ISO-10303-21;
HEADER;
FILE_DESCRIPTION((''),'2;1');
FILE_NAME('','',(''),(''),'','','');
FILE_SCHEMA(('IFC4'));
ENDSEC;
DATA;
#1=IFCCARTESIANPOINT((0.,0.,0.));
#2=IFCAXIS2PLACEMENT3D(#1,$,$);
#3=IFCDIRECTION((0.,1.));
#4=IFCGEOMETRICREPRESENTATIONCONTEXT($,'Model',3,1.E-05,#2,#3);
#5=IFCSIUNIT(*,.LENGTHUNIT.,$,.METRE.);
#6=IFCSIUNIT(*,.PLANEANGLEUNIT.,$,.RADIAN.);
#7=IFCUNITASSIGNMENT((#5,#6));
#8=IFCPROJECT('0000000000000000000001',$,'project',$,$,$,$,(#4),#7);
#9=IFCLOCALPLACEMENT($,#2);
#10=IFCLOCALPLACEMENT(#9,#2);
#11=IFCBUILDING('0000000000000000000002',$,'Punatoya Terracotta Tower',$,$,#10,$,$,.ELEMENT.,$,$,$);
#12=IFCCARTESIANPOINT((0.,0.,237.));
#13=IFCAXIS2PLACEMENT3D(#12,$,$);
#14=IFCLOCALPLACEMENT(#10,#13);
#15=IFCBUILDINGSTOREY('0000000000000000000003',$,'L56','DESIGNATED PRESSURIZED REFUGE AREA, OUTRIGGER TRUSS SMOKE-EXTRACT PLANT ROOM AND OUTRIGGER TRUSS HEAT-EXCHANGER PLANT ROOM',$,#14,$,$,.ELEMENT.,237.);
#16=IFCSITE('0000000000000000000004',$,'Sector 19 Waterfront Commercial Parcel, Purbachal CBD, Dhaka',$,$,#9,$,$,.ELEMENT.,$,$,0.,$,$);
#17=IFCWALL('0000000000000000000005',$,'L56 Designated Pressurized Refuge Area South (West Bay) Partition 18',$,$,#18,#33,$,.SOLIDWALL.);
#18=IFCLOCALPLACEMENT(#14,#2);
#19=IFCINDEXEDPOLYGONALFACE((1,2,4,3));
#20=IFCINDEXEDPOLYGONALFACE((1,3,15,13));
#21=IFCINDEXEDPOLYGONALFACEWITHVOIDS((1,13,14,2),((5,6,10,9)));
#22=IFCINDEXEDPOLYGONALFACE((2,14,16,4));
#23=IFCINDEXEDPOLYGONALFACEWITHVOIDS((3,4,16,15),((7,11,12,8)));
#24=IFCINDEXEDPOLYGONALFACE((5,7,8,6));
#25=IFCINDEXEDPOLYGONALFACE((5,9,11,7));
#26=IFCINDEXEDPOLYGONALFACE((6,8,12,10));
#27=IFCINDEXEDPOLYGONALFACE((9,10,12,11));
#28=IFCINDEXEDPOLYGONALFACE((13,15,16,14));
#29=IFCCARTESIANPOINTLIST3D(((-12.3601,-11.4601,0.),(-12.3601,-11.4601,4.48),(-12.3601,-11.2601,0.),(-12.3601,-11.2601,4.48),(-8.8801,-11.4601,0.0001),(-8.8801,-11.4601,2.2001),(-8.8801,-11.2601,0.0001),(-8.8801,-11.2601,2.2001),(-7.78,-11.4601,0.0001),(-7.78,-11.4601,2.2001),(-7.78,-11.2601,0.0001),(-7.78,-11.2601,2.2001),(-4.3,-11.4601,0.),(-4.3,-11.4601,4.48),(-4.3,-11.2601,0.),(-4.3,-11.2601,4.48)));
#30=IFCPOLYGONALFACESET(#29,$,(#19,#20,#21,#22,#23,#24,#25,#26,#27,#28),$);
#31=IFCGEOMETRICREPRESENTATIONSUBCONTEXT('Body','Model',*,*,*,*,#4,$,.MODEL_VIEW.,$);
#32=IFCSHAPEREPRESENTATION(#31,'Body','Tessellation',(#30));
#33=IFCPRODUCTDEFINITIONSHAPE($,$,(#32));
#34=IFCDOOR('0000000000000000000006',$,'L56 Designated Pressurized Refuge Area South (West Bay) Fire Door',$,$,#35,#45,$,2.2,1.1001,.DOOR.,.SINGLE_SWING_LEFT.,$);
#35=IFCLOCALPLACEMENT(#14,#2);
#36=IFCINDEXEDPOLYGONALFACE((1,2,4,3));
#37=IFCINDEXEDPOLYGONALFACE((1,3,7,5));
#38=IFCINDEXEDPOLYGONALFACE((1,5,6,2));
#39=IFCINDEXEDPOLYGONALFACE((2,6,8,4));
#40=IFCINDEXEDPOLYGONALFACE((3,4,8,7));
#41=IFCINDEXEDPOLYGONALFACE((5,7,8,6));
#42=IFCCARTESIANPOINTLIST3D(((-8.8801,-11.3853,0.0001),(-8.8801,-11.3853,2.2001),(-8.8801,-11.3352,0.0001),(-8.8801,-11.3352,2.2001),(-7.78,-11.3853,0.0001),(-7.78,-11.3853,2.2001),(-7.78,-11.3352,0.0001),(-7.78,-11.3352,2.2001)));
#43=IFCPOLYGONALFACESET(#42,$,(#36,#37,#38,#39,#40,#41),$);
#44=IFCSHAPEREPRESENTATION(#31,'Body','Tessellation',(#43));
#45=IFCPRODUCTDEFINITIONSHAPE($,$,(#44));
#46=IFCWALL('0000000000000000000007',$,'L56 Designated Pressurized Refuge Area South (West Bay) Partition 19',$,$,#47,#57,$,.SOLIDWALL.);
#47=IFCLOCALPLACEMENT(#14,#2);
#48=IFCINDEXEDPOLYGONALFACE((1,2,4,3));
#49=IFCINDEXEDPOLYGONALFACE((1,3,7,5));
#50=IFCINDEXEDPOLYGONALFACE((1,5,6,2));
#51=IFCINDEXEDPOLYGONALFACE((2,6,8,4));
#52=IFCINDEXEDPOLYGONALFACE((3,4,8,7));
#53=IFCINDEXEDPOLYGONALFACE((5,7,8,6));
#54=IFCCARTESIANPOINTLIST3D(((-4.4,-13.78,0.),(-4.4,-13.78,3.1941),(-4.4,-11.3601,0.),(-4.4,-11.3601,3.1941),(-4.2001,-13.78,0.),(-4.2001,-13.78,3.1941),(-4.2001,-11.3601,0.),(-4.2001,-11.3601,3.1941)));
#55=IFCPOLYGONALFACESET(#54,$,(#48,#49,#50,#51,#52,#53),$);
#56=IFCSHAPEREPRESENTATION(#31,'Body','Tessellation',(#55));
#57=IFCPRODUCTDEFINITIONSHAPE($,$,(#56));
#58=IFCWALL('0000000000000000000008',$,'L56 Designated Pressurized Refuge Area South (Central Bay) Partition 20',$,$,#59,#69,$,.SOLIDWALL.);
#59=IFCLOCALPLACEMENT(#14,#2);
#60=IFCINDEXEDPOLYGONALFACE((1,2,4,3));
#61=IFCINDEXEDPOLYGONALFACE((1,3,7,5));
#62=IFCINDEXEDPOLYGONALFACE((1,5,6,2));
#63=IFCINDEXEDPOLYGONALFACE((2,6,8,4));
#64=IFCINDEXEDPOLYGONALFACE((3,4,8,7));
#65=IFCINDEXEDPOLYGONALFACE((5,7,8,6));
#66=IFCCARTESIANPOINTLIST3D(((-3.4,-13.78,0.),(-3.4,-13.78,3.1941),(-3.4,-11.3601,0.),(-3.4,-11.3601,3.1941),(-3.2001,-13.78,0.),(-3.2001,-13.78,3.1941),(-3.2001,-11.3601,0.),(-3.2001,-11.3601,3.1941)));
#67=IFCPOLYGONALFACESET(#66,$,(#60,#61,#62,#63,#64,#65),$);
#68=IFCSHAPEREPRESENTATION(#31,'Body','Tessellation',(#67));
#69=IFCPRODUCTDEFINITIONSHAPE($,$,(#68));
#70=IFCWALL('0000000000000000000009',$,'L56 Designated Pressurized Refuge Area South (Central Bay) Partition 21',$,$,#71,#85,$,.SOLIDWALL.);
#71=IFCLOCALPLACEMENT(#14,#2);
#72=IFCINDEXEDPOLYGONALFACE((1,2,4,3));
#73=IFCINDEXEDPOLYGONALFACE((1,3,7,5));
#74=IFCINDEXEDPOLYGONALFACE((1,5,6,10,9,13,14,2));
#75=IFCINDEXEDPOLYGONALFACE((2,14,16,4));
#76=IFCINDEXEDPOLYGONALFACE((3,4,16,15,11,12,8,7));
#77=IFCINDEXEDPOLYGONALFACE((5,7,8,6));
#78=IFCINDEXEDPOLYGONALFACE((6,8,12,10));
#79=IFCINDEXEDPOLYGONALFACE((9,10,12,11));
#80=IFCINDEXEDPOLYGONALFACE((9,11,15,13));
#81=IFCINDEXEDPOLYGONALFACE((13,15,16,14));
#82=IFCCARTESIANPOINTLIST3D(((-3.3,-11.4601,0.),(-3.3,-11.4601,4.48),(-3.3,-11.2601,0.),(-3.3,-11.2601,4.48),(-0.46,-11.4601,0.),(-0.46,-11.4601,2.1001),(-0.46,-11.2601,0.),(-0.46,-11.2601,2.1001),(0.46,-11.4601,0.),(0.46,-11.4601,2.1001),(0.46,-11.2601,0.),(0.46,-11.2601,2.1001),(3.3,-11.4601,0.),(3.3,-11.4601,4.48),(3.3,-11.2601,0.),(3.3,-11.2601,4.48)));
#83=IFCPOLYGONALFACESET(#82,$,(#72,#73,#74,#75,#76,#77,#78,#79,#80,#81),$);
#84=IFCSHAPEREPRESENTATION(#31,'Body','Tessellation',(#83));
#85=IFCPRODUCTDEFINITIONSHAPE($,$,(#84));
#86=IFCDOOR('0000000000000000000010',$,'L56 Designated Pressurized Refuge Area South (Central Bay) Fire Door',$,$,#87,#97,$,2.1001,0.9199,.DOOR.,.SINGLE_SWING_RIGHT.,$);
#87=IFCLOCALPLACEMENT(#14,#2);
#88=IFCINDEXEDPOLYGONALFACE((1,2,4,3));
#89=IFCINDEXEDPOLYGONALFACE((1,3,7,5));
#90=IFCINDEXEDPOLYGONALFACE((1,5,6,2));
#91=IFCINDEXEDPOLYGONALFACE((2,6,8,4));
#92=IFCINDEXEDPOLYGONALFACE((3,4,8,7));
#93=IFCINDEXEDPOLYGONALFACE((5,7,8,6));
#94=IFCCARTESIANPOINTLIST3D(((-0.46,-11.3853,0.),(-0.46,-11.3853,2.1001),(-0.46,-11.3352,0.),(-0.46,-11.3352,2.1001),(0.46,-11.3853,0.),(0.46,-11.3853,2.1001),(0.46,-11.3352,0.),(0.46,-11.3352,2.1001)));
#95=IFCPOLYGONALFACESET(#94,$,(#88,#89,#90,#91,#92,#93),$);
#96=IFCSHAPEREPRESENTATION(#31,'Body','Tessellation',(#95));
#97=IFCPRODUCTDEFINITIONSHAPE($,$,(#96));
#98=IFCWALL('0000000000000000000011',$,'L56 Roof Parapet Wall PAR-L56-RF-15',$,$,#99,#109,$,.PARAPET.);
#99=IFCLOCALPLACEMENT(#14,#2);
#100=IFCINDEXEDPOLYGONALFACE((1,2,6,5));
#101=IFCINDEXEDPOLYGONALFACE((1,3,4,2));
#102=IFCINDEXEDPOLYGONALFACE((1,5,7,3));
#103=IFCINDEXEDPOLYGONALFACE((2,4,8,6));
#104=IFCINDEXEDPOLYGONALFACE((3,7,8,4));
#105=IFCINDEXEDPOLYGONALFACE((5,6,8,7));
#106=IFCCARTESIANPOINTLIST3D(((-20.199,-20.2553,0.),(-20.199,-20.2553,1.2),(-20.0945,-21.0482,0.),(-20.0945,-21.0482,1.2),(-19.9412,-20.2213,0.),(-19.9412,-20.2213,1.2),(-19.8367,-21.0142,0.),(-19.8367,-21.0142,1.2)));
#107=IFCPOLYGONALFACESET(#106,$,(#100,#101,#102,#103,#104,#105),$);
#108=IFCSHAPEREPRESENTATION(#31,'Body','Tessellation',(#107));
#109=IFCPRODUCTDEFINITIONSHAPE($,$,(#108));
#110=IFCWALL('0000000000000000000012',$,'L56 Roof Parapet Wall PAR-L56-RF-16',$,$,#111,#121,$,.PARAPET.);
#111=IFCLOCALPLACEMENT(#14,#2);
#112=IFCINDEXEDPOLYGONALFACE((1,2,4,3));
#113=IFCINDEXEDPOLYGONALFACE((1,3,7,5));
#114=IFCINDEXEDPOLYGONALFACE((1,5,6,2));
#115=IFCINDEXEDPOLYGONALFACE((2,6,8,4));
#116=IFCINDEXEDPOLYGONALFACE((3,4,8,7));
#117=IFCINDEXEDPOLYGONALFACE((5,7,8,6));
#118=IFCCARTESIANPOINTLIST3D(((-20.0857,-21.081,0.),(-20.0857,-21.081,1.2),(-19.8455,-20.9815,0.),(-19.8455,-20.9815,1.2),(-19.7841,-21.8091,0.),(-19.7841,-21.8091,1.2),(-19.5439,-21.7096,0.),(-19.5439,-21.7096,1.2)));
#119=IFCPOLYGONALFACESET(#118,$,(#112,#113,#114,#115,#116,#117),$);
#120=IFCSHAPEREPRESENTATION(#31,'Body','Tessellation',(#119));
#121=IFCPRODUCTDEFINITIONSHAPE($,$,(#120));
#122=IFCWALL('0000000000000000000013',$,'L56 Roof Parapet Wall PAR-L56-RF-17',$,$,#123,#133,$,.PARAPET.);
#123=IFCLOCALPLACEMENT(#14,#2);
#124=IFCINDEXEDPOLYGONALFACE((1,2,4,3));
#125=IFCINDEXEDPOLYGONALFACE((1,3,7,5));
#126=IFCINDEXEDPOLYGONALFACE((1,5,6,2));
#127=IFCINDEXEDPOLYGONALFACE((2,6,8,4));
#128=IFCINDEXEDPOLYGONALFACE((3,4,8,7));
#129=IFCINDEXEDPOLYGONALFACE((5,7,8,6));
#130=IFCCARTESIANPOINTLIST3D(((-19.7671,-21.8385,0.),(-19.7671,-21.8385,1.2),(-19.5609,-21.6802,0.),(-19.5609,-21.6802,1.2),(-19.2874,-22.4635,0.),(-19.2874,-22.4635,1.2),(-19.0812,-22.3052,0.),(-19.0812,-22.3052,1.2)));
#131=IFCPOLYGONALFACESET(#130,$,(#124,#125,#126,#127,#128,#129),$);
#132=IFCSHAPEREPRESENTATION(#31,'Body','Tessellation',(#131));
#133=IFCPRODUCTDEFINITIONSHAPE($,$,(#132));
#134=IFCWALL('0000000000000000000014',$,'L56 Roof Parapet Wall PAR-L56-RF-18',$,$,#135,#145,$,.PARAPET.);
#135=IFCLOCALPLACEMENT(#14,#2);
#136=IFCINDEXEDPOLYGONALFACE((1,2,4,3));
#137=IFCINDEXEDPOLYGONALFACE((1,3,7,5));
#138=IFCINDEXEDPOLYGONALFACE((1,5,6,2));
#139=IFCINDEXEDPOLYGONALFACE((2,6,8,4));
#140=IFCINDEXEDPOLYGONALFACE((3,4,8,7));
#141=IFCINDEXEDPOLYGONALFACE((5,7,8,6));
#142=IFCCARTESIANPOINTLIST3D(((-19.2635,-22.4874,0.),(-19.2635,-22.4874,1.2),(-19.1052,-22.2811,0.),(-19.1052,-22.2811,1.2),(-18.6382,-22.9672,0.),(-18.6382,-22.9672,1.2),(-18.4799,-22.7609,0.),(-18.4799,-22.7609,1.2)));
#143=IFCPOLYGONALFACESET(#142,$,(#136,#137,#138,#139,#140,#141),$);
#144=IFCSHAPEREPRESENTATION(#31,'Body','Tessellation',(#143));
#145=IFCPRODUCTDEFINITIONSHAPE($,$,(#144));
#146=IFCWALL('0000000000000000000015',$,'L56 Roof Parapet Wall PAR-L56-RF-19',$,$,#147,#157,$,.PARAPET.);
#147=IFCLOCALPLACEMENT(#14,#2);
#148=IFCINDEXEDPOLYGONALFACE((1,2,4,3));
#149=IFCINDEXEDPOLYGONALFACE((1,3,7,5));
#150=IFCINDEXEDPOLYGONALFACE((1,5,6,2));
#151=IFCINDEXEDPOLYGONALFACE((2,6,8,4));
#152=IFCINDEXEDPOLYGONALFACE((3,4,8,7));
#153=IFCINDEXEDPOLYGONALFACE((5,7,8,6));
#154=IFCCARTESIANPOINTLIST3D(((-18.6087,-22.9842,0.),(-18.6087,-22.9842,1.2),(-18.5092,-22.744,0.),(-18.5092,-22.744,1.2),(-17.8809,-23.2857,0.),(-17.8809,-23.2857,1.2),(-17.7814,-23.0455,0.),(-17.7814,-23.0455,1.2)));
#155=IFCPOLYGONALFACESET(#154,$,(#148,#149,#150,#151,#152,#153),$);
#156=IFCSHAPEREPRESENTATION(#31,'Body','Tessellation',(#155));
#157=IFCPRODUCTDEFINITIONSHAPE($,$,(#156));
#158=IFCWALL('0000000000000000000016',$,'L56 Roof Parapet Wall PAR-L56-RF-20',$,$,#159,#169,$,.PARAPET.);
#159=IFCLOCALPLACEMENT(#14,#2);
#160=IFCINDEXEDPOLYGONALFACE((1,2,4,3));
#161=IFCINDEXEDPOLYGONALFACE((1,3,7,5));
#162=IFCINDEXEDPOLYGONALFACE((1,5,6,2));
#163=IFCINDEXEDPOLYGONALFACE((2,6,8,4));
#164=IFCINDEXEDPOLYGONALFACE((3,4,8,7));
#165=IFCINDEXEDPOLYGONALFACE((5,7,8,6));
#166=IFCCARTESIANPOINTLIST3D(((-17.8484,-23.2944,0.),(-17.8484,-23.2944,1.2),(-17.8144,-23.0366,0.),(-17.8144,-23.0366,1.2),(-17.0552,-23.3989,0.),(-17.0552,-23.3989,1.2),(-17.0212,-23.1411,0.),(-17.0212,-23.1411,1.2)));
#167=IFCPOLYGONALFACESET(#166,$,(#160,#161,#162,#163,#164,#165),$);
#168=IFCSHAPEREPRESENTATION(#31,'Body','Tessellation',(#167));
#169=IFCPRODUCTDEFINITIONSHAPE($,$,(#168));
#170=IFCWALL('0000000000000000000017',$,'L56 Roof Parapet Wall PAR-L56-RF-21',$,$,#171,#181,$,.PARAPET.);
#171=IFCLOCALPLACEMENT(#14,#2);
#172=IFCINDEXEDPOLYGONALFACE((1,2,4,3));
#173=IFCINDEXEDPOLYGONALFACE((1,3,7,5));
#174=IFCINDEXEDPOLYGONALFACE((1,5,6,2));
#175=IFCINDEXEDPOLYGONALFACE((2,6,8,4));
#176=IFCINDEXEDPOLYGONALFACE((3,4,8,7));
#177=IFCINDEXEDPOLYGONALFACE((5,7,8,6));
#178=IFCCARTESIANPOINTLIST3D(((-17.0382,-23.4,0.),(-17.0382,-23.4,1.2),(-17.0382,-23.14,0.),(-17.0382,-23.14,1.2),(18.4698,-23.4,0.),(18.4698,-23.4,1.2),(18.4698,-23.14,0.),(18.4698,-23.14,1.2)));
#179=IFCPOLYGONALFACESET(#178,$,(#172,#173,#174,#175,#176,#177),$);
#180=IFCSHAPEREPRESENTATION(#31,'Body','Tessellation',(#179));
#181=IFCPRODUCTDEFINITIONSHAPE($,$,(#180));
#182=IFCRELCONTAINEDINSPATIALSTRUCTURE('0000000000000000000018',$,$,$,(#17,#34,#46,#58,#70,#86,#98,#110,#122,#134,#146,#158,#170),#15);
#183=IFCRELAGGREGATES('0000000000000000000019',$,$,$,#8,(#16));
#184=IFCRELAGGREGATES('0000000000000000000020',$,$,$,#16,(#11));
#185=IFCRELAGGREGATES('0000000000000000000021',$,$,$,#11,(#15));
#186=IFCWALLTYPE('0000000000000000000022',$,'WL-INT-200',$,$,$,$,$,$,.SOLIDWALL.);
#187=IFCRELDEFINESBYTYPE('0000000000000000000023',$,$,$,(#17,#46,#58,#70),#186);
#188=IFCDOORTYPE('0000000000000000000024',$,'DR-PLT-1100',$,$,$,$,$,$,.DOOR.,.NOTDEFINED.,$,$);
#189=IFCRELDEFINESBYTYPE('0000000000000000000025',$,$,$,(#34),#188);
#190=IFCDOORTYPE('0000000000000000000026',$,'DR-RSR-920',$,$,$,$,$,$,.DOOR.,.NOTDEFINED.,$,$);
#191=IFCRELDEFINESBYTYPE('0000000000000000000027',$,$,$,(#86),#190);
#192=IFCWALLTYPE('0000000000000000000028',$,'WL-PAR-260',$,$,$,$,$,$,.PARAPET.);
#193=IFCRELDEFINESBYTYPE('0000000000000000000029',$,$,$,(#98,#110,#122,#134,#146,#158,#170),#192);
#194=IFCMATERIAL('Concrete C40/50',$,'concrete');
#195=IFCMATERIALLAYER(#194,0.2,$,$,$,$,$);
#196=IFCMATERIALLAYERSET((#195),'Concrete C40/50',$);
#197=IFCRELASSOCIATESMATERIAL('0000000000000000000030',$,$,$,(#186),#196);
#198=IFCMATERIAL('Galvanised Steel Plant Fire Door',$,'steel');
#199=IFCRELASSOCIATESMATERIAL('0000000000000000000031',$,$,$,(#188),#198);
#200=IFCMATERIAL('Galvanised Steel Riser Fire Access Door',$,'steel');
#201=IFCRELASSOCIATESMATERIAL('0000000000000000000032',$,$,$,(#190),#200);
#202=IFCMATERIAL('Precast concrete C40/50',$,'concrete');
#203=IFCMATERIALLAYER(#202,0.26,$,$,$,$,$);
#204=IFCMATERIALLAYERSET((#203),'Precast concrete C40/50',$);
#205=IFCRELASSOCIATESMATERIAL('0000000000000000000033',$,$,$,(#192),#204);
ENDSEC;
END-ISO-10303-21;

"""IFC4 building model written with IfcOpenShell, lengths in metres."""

from ifc_helpers import new_model, si_unit, direction, frame, frame_2d, origin, place, context, subcontext, project, spatial, rectangle, extrude, material, layer, layer_set, type_object, element, fill, save


model = new_model("IFC4")

# Units and contexts
model_context = context("Model", 3, precision=1e-05, world=origin(), true_north=direction((0.0, 1.0)))
body_context = subcontext(model_context, "Body", "Model", "MODEL_VIEW")
ifc_project = project(units=[si_unit("LENGTHUNIT", "METRE"), si_unit("PLANEANGLEUNIT", "RADIAN")], contexts=[model_context])

# Site, building, storey
site_placement = place(None, origin())
site = spatial("IfcSite", under=ifc_project, at=site_placement, Name="Sector 19 Waterfront Commercial Parcel, Purbachal CBD, Dhaka", CompositionType="ELEMENT", RefElevation=0.0)
building_placement = place(site_placement, origin())
building = spatial("IfcBuilding", under=site, at=building_placement, Name="Punatoya Terracotta Tower", CompositionType="ELEMENT")
storey_placement = place(building_placement, frame((0.0, 0.0, 237.0)))
storey = spatial("IfcBuildingStorey", under=building, at=storey_placement, Name="L56", Description="DESIGNATED PRESSURIZED REFUGE AREA, OUTRIGGER TRUSS SMOKE-EXTRACT PLANT ROOM AND OUTRIGGER TRUSS HEAT-EXCHANGER PLANT ROOM", CompositionType="ELEMENT", Elevation=237.0)

# Shared definitions
ifc_material_1 = material(Name="Precast concrete C40/50", Category="concrete")

# Wall, opening, door
ifc_material_2 = material(Name="Concrete C40/50", Category="concrete")
ifc_layer_1 = layer(ifc_material_2, 0.2)
ifc_layer_set_1 = layer_set([ifc_layer_1], Name="Concrete C40/50")
wall_type_1 = type_object("IfcWallType", Name="WL-INT-200", PredefinedType="SOLIDWALL", material=ifc_layer_set_1)
wall_1_placement = place(storey_placement, frame((-12.3601, -11.3601, 0.0), z_axis=(0.0, 0.0, 1.0), x_axis=(1.0, 0.0, 0.0)))
wall_1 = element("IfcWall", 1, at=wall_1_placement, inside=storey, type_object=wall_type_1, Name="L56 Designated Pressurized Refuge Area South (West Bay) Partition 18", PredefinedType="SOLIDWALL", context=body_context, shape_type="SweptSolid", body=[
    extrude(rectangle(XDim=8.0601, YDim=0.2, at=frame_2d((4.03, 0.0))), origin(), (0.0, 0.0, 1.0), 4.48),
])
opening_1_placement = place(wall_1_placement, frame((3.48, 0.0, 0.0)))
opening_1 = element("IfcOpeningElement", 2, at=opening_1_placement, cuts=wall_1, PredefinedType="OPENING", context=body_context, shape_type="SweptSolid", body=[
    extrude(rectangle(XDim=1.1001, YDim=2.2, at=frame_2d((0.55, 1.1001))), frame((0.0, 0.1099, 0.0), z_axis=(0.0, -1.0, 0.0), x_axis=(1.0, 0.0, 0.0)), (0.0, 0.0, 1.0), 0.22),
])
ifc_material_3 = material(Name="Galvanised Steel Plant Fire Door", Category="steel")
door_type_1 = type_object("IfcDoorType", Name="DR-PLT-1100", OperationType="NOTDEFINED", PredefinedType="DOOR", material=ifc_material_3)
door_1_placement = place(opening_1_placement, origin())
door_1 = element("IfcDoor", 3, at=door_1_placement, inside=storey, type_object=door_type_1, Name="L56 Designated Pressurized Refuge Area South (West Bay) Fire Door", OperationType="SINGLE_SWING_LEFT", OverallHeight=2.2, OverallWidth=1.1001, PredefinedType="DOOR", context=body_context, shape_type="SweptSolid", body=[
    extrude(rectangle(XDim=1.1001, YDim=2.2, at=frame_2d((0.55, 1.1001))), frame((0.0, 0.0249, 0.0), z_axis=(0.0, -1.0, 0.0), x_axis=(1.0, 0.0, 0.0)), (0.0, 0.0, 1.0), 0.05),
])
fill(opening_1, door_1)

# Walls
for number, where, z_axis, x_axis, name in (
    (4, (-4.3, -11.3601, 0.0), (0.0, 0.0, 1.0), (0.0, -1.0, 0.0), "L56 Designated Pressurized Refuge Area South (West Bay) Partition 19"),
    (5, (-3.3, -13.78, 0.0), (0.0, 0.0, 1.0), (0.0, 1.0, 0.0), "L56 Designated Pressurized Refuge Area South (Central Bay) Partition 20"),
):
    element("IfcWall", number, at=place(storey_placement, frame(where, z_axis=z_axis, x_axis=x_axis)), inside=storey, type_object=wall_type_1, Name=name, PredefinedType="SOLIDWALL", context=body_context, shape_type="SweptSolid", body=[
        extrude(rectangle(XDim=2.4199, YDim=0.2, at=frame_2d((1.21, 0.0))), origin(), (0.0, 0.0, 1.0), 3.1941),
    ])

# Wall, opening, door
wall_2_placement = place(storey_placement, frame((-3.3, -11.3601, 0.0), z_axis=(0.0, 0.0, 1.0), x_axis=(1.0, 0.0, 0.0)))
wall_2 = element("IfcWall", 6, at=wall_2_placement, inside=storey, type_object=wall_type_1, Name="L56 Designated Pressurized Refuge Area South (Central Bay) Partition 21", PredefinedType="SOLIDWALL", context=body_context, shape_type="SweptSolid", body=[
    extrude(rectangle(XDim=6.6001, YDim=0.2, at=frame_2d((3.3, 0.0))), origin(), (0.0, 0.0, 1.0), 4.48),
])
opening_2_placement = place(wall_2_placement, frame((2.8401, 0.0, 0.0)))
opening_2 = element("IfcOpeningElement", 7, at=opening_2_placement, cuts=wall_2, PredefinedType="OPENING", context=body_context, shape_type="SweptSolid", body=[
    extrude(rectangle(XDim=0.9199, YDim=2.1001, at=frame_2d((0.46, 1.05))), frame((0.0, 0.1099, 0.0), z_axis=(0.0, -1.0, 0.0), x_axis=(1.0, 0.0, 0.0)), (0.0, 0.0, 1.0), 0.22),
])
ifc_material_4 = material(Name="Galvanised Steel Riser Fire Access Door", Category="steel")
door_type_2 = type_object("IfcDoorType", Name="DR-RSR-920", OperationType="NOTDEFINED", PredefinedType="DOOR", material=ifc_material_4)
door_2_placement = place(opening_2_placement, origin())
door_2 = element("IfcDoor", 8, at=door_2_placement, inside=storey, type_object=door_type_2, Name="L56 Designated Pressurized Refuge Area South (Central Bay) Fire Door", OperationType="SINGLE_SWING_RIGHT", OverallHeight=2.1001, OverallWidth=0.9199, PredefinedType="DOOR", context=body_context, shape_type="SweptSolid", body=[
    extrude(rectangle(XDim=0.9199, YDim=2.1001, at=frame_2d((0.46, 1.05))), frame((0.0, 0.0249, 0.0), z_axis=(0.0, -1.0, 0.0), x_axis=(1.0, 0.0, 0.0)), (0.0, 0.0, 1.0), 0.05),
])
fill(opening_2, door_2)

# Walls
ifc_layer_2 = layer(ifc_material_1, 0.26)
ifc_layer_set_2 = layer_set([ifc_layer_2], Name="Precast concrete C40/50")
wall_type_2 = type_object("IfcWallType", Name="WL-PAR-260", PredefinedType="PARAPET", material=ifc_layer_set_2)
wall_3_placement = place(storey_placement, frame((-20.0701, -20.2383, 0.0), z_axis=(0.0, 0.0, 1.0), x_axis=(0.130644, -0.991429, 0.0)))
element("IfcWall", 9, at=wall_3_placement, inside=storey, type_object=wall_type_2, Name="L56 Roof Parapet Wall PAR-L56-RF-15", PredefinedType="PARAPET", context=body_context, shape_type="SweptSolid", body=[
    extrude(rectangle(XDim=0.7998, YDim=0.26, at=frame_2d((0.3999, 0.0))), origin(), (0.0, 0.0, 1.0), 1.2),
])
wall_4_placement = place(storey_placement, frame((-19.9656, -21.0312, 0.0), z_axis=(0.0, 0.0, 1.0), x_axis=(0.382635, -0.9239, 0.0)))
element("IfcWall", 10, at=wall_4_placement, inside=storey, type_object=wall_type_2, Name="L56 Roof Parapet Wall PAR-L56-RF-16", PredefinedType="PARAPET", context=body_context, shape_type="SweptSolid", body=[
    extrude(rectangle(XDim=0.7881, YDim=0.26, at=frame_2d((0.394, 0.0))), origin(), (0.0, 0.0, 1.0), 1.2),
])
wall_5_placement = place(storey_placement, frame((-19.6641, -21.7593, 0.0), z_axis=(0.0, 0.0, 1.0), x_axis=(0.608887, -0.793257, 0.0)))
element("IfcWall", 11, at=wall_5_placement, inside=storey, type_object=wall_type_2, Name="L56 Roof Parapet Wall PAR-L56-RF-17", PredefinedType="PARAPET", context=body_context, shape_type="SweptSolid", body=[
    extrude(rectangle(XDim=0.7878, YDim=0.26, at=frame_2d((0.394, 0.0))), origin(), (0.0, 0.0, 1.0), 1.2),
])
wall_6_placement = place(storey_placement, frame((-19.1843, -22.3843, 0.0), z_axis=(0.0, 0.0, 1.0), x_axis=(0.793372, -0.608737, 0.0)))
element("IfcWall", 12, at=wall_6_placement, inside=storey, type_object=wall_type_2, Name="L56 Roof Parapet Wall PAR-L56-RF-18", PredefinedType="PARAPET", context=body_context, shape_type="SweptSolid", body=[
    extrude(rectangle(XDim=0.7881, YDim=0.26, at=frame_2d((0.394, 0.0))), origin(), (0.0, 0.0, 1.0), 1.2),
])
wall_7_placement = place(storey_placement, frame((-18.5591, -22.864, 0.0), z_axis=(0.0, 0.0, 1.0), x_axis=(0.923854, -0.382744, 0.0)))
element("IfcWall", 13, at=wall_7_placement, inside=storey, type_object=wall_type_2, Name="L56 Roof Parapet Wall PAR-L56-RF-19", PredefinedType="PARAPET", context=body_context, shape_type="SweptSolid", body=[
    extrude(rectangle(XDim=0.7878, YDim=0.26, at=frame_2d((0.394, 0.0))), origin(), (0.0, 0.0, 1.0), 1.2),
])
wall_8_placement = place(storey_placement, frame((-17.8313, -23.1655, 0.0), z_axis=(0.0, 0.0, 1.0), x_axis=(0.991435, -0.130604, 0.0)))
element("IfcWall", 14, at=wall_8_placement, inside=storey, type_object=wall_type_2, Name="L56 Roof Parapet Wall PAR-L56-RF-20", PredefinedType="PARAPET", context=body_context, shape_type="SweptSolid", body=[
    extrude(rectangle(XDim=0.8, YDim=0.26, at=frame_2d((0.3999, 0.0))), origin(), (0.0, 0.0, 1.0), 1.2),
])
wall_9_placement = place(storey_placement, frame((-17.0381, -23.27, 0.0), z_axis=(0.0, 0.0, 1.0), x_axis=(1.0, 0.0, 0.0)))
element("IfcWall", 15, at=wall_9_placement, inside=storey, type_object=wall_type_2, Name="L56 Roof Parapet Wall PAR-L56-RF-21", PredefinedType="PARAPET", context=body_context, shape_type="SweptSolid", body=[
    extrude(rectangle(XDim=35.5081, YDim=0.26, at=frame_2d((17.7539, 0.0))), origin(), (0.0, 0.0, 1.0), 1.2),
])

save(model, "model.ifc")
